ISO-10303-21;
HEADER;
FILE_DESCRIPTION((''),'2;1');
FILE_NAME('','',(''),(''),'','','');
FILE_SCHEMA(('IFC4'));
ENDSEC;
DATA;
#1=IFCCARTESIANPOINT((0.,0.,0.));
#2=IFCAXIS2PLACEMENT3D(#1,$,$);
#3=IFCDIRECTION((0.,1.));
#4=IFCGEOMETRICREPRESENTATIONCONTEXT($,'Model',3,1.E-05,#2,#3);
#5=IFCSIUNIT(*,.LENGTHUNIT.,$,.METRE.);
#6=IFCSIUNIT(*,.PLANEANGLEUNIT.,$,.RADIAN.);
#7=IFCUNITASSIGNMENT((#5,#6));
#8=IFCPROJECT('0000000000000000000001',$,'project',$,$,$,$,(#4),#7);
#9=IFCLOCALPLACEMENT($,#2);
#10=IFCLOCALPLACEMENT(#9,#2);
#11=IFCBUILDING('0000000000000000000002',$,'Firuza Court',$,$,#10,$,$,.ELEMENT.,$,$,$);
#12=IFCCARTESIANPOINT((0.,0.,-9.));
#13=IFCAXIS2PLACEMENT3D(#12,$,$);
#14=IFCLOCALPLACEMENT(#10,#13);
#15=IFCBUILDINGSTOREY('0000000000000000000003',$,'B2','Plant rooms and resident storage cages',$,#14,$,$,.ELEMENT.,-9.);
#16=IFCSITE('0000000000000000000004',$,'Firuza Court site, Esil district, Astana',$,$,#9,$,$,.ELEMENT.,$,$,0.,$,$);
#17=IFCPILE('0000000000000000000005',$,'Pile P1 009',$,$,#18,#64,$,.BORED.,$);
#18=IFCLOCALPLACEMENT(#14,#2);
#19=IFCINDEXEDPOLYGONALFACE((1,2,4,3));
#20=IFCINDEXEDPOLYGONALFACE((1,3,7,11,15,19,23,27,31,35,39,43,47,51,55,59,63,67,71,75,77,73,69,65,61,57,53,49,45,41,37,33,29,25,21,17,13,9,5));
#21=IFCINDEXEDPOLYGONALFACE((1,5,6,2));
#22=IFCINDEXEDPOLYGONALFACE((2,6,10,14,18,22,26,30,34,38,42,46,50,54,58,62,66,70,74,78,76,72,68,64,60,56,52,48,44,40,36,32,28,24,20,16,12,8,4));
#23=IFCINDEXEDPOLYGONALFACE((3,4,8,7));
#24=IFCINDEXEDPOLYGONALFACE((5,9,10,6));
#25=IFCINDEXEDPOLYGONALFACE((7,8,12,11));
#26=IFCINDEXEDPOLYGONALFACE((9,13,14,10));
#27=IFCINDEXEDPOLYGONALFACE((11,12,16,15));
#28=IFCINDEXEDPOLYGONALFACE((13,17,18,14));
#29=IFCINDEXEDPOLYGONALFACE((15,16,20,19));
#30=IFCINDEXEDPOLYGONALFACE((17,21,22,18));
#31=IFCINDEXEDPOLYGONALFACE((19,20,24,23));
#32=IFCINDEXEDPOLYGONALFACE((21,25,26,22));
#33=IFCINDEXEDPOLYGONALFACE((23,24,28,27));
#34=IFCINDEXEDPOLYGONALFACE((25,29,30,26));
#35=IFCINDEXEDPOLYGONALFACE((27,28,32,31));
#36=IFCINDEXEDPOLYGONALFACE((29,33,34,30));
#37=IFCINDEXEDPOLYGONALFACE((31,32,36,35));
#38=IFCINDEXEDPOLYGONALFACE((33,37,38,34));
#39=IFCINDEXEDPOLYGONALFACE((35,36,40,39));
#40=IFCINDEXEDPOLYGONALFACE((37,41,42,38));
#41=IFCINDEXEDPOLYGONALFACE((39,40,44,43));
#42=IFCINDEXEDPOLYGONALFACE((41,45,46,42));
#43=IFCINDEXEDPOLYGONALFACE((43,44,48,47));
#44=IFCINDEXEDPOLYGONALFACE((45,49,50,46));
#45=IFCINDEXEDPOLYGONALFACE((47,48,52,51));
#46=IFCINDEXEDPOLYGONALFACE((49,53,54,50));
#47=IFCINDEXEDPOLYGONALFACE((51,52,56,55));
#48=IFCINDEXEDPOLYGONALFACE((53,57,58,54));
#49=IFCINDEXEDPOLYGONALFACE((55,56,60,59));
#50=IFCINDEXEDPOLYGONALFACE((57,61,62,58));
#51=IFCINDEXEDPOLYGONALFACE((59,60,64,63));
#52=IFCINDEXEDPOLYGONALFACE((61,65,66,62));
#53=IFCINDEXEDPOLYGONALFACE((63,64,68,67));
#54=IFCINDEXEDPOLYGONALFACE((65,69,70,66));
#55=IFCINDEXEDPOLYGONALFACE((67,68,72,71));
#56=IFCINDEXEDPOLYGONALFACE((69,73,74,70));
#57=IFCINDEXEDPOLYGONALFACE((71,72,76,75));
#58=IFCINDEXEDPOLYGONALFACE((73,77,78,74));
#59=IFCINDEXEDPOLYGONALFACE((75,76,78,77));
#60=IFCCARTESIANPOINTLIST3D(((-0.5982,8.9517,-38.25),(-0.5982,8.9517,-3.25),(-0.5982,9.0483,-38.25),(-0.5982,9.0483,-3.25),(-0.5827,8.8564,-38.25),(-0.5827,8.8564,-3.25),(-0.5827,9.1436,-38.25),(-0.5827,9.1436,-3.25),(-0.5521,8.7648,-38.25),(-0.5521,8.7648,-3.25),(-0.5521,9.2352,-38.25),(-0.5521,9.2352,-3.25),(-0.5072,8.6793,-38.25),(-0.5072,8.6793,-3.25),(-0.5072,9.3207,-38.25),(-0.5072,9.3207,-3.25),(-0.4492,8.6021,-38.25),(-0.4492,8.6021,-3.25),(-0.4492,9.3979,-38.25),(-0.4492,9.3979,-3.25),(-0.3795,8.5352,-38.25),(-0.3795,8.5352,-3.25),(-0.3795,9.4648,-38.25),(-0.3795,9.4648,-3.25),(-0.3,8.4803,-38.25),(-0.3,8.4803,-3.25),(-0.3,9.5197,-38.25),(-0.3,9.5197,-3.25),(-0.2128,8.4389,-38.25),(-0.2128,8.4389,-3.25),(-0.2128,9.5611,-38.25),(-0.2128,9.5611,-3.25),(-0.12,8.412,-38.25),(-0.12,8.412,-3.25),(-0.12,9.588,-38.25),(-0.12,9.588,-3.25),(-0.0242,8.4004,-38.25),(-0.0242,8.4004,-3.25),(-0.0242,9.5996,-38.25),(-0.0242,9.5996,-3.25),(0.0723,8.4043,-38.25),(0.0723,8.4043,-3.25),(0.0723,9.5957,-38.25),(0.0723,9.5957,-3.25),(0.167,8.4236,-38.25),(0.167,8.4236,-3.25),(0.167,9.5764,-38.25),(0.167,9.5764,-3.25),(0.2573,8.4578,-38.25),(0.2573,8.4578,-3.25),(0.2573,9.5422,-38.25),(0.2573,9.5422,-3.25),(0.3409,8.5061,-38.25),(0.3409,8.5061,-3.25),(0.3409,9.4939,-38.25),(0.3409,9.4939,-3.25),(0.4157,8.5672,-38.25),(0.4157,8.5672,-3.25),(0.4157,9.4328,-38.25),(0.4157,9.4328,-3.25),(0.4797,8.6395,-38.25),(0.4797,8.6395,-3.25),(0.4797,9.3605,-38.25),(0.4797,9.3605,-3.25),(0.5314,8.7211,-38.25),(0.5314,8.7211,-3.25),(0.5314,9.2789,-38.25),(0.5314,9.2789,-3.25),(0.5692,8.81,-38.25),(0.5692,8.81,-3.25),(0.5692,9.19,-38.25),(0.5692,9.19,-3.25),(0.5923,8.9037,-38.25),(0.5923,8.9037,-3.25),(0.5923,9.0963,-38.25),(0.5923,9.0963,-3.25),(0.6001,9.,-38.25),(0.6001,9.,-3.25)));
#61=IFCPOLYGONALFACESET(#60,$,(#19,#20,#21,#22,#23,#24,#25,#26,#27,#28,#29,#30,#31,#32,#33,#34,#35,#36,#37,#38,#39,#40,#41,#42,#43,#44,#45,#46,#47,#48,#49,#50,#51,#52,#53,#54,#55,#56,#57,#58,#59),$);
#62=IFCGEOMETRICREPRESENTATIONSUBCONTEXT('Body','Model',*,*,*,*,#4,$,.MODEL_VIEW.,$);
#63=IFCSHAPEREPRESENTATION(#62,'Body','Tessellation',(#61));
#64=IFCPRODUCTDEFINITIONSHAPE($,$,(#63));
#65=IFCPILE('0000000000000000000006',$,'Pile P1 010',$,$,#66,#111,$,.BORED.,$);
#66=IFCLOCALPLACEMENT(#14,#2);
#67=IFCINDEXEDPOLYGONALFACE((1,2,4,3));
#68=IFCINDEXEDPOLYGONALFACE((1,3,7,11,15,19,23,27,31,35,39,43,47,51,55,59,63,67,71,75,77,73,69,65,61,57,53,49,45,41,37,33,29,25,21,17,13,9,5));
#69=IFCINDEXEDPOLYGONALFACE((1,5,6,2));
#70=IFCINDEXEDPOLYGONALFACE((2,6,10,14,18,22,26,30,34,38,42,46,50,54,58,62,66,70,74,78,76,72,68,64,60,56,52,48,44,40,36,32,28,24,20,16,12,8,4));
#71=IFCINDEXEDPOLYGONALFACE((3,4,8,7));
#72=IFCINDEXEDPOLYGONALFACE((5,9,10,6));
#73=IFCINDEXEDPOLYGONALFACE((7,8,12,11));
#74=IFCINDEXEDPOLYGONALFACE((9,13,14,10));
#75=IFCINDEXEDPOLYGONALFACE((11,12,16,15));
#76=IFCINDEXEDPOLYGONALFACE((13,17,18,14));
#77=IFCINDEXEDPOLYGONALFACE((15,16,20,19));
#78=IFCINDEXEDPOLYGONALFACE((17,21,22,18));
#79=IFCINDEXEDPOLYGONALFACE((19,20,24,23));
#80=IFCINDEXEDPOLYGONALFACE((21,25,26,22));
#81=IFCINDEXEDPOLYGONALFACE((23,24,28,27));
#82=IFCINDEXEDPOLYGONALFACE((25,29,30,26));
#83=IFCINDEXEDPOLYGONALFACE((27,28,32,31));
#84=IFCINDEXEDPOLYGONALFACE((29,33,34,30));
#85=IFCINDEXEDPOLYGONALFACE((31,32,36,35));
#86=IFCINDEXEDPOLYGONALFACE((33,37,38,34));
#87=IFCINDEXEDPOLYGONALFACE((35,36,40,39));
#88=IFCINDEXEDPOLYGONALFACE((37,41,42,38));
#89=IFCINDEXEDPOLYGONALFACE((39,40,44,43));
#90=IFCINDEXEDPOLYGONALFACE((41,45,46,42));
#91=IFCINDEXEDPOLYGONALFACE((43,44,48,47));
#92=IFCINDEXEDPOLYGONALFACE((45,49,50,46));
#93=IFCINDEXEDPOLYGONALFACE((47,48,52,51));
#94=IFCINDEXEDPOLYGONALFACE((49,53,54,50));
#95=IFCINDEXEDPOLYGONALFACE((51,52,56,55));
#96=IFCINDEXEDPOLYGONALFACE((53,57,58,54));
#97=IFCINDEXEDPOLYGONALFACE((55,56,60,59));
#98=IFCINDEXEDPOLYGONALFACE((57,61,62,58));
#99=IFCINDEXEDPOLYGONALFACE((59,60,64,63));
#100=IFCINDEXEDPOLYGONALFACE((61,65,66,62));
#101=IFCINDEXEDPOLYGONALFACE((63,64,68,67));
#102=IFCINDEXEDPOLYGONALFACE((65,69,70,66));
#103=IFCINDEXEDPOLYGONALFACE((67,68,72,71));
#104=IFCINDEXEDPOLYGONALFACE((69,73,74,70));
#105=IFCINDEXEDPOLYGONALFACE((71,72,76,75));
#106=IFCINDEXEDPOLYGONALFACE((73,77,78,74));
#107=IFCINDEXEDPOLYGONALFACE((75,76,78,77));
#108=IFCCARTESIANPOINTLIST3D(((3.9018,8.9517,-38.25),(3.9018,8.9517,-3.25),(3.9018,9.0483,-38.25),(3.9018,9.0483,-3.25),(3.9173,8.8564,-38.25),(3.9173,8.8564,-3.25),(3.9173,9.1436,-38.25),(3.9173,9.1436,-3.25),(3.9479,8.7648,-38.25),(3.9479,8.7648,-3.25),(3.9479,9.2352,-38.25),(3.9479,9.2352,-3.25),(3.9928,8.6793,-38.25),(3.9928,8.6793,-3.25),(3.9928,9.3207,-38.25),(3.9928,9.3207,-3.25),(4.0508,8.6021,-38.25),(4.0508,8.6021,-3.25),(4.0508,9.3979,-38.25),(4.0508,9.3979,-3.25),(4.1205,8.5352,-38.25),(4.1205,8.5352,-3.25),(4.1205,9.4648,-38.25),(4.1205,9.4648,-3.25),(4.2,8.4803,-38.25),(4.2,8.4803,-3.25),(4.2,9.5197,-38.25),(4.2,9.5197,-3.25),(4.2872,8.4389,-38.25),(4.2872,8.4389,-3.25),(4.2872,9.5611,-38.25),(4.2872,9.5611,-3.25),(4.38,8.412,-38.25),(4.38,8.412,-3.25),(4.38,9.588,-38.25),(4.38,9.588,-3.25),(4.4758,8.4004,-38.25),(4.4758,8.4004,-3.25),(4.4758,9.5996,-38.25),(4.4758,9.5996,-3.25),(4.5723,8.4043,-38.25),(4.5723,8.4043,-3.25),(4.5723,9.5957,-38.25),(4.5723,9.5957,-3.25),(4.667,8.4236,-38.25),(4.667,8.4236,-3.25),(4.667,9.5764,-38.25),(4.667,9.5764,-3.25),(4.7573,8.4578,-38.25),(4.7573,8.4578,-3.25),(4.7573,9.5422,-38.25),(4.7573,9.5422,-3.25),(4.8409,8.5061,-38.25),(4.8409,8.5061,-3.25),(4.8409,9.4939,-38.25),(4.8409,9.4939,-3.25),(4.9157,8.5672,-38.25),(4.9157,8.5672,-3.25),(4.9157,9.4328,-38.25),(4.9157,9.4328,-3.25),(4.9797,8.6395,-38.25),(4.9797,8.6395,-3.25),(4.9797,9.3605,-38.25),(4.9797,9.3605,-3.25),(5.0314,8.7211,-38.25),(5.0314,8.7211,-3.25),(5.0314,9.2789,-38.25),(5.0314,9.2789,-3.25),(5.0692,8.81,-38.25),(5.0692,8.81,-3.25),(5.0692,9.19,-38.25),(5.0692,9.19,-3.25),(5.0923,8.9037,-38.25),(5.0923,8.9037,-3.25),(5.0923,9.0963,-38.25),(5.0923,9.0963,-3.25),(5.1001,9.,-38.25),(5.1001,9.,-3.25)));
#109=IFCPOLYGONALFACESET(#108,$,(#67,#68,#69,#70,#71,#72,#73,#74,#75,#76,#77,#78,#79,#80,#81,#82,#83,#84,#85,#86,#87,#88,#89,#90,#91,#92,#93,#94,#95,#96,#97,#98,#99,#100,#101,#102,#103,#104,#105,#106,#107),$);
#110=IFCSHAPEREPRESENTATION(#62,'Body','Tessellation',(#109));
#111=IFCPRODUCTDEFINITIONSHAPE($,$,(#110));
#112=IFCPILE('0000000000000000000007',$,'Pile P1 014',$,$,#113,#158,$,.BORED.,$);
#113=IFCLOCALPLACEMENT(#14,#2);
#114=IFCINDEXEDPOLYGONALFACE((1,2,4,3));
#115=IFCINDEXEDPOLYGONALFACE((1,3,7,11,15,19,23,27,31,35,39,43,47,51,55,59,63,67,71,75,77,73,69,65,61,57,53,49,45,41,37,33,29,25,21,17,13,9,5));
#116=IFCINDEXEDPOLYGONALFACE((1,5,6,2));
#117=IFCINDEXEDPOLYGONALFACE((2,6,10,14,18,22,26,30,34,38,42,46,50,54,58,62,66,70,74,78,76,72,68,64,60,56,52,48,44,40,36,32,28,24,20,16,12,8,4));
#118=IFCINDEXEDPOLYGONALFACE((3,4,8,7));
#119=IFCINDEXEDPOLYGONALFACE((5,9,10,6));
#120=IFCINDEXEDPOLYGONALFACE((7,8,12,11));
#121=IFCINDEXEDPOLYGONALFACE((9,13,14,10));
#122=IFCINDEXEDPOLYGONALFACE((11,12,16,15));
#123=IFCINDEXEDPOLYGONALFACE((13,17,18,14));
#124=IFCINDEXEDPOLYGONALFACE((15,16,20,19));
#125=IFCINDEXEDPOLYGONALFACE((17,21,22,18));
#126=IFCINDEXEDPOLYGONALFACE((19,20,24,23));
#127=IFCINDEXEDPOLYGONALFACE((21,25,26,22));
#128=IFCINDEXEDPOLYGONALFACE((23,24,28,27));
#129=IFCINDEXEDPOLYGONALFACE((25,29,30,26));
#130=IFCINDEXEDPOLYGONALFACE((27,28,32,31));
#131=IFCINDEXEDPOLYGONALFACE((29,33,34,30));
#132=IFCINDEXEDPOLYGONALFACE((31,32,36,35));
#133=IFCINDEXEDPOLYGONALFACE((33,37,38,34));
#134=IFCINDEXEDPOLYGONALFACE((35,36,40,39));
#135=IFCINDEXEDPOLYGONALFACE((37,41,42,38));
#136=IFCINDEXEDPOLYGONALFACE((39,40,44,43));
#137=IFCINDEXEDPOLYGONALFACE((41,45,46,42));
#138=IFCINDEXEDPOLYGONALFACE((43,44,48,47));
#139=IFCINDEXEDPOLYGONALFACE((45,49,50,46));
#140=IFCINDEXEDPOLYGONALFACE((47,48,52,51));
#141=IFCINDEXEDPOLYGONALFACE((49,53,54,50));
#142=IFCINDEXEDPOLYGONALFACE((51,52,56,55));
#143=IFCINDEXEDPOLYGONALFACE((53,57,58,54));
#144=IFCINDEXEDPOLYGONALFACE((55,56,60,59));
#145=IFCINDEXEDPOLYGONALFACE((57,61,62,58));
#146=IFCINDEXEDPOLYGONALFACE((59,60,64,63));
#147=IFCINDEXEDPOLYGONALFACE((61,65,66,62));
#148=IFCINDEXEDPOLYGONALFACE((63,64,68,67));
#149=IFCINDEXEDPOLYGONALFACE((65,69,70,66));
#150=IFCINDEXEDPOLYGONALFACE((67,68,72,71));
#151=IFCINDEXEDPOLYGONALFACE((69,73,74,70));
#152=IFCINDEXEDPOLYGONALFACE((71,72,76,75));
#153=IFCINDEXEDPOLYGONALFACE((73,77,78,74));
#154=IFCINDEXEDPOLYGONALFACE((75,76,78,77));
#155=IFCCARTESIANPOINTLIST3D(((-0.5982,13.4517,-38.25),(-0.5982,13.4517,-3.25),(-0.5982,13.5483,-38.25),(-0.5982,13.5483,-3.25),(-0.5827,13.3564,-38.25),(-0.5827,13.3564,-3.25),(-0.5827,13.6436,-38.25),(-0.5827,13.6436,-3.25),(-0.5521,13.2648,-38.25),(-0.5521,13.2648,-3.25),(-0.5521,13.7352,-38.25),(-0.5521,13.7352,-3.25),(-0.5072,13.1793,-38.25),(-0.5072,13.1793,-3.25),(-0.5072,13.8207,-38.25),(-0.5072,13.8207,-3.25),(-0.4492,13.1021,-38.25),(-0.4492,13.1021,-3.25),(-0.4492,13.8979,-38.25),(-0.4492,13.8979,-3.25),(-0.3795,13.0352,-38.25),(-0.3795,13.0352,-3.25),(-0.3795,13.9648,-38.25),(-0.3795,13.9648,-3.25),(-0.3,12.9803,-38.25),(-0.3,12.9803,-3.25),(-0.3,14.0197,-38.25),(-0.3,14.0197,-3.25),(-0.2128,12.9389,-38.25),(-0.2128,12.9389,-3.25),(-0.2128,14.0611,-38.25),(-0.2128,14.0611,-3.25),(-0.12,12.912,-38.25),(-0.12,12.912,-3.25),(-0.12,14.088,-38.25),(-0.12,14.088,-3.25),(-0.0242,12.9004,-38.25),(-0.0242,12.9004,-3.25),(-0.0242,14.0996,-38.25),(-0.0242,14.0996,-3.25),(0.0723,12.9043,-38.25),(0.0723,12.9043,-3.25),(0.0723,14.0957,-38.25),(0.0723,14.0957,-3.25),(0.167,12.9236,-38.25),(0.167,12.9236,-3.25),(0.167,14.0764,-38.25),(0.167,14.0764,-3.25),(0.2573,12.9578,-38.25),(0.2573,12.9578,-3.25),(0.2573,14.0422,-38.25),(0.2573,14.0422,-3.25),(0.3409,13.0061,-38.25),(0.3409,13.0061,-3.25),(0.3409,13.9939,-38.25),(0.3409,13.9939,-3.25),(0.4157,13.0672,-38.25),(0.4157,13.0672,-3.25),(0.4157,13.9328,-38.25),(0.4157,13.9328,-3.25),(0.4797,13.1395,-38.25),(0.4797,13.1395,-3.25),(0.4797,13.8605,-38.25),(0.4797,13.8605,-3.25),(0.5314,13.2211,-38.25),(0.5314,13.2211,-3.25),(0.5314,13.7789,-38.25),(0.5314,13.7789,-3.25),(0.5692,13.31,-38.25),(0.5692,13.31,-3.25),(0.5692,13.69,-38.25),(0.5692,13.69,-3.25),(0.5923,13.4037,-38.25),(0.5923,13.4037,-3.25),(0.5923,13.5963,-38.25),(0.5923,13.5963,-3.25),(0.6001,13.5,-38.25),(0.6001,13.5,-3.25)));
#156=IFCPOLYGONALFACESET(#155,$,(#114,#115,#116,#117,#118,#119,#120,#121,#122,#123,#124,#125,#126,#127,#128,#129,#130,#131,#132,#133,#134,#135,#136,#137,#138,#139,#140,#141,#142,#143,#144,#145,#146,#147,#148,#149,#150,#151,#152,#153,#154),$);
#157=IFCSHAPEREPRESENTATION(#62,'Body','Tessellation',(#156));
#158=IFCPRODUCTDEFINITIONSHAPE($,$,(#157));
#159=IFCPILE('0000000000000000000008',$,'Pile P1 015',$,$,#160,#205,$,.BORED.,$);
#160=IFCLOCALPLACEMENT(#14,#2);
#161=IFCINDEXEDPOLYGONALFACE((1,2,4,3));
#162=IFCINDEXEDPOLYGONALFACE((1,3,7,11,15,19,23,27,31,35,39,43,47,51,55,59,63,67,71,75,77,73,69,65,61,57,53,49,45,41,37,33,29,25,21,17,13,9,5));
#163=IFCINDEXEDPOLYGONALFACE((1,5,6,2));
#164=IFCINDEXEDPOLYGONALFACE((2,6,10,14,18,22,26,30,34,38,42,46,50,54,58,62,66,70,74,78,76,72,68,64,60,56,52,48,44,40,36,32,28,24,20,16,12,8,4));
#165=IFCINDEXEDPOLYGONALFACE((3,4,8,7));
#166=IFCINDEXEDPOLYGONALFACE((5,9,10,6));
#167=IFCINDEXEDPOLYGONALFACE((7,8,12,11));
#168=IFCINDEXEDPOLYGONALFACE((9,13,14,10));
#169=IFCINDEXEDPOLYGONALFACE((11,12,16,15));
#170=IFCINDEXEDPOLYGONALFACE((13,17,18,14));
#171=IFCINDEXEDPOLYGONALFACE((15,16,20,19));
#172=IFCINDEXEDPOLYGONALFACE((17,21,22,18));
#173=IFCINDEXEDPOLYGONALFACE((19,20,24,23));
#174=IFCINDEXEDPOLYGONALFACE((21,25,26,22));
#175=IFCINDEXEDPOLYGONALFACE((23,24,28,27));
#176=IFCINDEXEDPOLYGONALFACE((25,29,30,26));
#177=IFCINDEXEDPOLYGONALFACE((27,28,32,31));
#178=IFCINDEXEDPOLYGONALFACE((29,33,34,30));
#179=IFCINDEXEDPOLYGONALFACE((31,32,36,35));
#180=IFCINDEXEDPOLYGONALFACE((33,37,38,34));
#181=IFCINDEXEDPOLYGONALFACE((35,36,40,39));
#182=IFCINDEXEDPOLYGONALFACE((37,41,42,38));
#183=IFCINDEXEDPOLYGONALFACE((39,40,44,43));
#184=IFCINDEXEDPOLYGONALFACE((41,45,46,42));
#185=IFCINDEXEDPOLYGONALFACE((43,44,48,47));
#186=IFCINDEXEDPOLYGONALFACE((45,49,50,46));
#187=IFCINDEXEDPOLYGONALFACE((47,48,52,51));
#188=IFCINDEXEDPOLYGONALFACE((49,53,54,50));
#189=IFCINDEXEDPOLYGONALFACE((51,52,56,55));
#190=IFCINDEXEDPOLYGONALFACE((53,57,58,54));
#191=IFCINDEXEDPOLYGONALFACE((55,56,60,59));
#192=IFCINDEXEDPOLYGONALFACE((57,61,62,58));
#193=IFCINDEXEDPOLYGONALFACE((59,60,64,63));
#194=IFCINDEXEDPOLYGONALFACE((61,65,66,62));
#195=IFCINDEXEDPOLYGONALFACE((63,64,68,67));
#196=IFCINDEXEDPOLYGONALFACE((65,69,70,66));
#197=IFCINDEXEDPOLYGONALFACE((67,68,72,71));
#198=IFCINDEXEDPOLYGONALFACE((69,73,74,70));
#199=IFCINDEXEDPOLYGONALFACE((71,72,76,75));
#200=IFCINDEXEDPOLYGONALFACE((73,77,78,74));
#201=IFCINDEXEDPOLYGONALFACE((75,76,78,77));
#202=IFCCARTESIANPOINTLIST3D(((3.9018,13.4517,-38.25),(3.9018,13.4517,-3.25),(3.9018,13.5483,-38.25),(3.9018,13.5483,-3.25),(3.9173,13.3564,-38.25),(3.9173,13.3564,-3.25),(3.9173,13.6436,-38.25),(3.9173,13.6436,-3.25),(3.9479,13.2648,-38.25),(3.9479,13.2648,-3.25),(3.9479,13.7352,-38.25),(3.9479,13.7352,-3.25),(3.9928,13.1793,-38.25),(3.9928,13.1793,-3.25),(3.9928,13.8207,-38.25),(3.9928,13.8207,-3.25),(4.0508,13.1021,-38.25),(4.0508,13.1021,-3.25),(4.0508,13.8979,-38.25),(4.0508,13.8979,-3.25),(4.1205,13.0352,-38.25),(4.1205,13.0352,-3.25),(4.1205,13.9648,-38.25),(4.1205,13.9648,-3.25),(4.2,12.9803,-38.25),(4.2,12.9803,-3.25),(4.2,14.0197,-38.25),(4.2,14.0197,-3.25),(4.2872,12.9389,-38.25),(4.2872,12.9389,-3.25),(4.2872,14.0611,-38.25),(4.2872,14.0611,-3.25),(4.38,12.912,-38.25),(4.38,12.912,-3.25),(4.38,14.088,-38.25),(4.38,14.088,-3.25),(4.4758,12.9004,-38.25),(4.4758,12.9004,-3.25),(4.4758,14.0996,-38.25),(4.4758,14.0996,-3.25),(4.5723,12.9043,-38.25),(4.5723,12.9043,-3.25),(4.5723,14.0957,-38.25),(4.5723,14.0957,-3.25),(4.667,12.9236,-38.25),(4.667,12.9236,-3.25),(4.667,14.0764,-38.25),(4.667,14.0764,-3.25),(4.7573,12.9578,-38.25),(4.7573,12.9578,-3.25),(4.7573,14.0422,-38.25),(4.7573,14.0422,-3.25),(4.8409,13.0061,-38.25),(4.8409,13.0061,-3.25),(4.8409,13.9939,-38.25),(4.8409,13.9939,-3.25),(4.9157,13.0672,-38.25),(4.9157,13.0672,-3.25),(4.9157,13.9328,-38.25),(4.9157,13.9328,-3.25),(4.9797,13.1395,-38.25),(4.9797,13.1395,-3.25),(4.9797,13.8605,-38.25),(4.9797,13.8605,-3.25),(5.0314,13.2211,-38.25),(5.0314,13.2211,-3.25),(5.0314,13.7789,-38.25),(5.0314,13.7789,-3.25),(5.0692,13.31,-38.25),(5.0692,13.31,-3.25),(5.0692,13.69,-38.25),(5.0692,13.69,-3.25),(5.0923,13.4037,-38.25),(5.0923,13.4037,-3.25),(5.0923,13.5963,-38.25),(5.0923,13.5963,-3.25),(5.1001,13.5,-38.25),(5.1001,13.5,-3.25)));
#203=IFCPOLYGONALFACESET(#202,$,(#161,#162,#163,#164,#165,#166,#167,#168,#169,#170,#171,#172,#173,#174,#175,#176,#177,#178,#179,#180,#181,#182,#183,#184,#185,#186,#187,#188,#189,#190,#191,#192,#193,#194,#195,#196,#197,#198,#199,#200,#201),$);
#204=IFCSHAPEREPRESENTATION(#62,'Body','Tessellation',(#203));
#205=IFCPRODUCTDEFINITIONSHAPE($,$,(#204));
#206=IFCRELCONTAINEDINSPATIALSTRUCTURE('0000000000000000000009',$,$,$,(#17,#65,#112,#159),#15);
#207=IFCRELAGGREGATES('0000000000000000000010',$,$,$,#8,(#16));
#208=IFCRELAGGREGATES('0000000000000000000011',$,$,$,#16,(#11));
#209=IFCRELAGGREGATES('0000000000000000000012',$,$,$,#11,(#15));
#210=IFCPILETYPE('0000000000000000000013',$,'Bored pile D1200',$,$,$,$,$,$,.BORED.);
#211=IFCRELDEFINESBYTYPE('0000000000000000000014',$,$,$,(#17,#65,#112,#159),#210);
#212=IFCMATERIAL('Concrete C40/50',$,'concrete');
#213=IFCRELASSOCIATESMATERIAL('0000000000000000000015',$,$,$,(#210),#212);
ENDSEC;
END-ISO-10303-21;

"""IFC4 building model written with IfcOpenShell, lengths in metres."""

from ifc_helpers import new_model, si_unit, direction, frame, origin, origin_2d, place, context, subcontext, project, spatial, circle, extrude, material, material_profile, profile_set, type_object, element, save


model = new_model("IFC4")

# Units and contexts
model_context = context("Model", 3, precision=1e-05, world=origin(), true_north=direction((0.0, 1.0)))
body_context = subcontext(model_context, "Body", "Model", "MODEL_VIEW")
ifc_project = project(units=[si_unit("LENGTHUNIT", "METRE"), si_unit("PLANEANGLEUNIT", "RADIAN")], contexts=[model_context])

# Site, building, storey
site_placement = place(None, origin())
site = spatial("IfcSite", under=ifc_project, at=site_placement, Name="Firuza Court site, Esil district, Astana", CompositionType="ELEMENT", RefElevation=0.0)
building_placement = place(site_placement, origin())
building = spatial("IfcBuilding", under=site, at=building_placement, Name="Firuza Court", CompositionType="ELEMENT")
storey_placement = place(building_placement, frame((0.0, 0.0, -9.0)))
storey = spatial("IfcBuildingStorey", under=building, at=storey_placement, Name="B2", Description="Plant rooms and resident storage cages", CompositionType="ELEMENT", Elevation=-9.0)

# Piles
ifc_material_1 = material(Name="Concrete C40/50", Category="concrete")
ifc_material_profile_1 = material_profile(ifc_material_1, circle(Radius=0.6001, at=origin_2d()), Name="Pile D1200")
ifc_profile_set_1 = profile_set([ifc_material_profile_1], Name="Concrete C40/50")
pile_type = type_object("IfcPileType", Name="Bored pile D1200", PredefinedType="BORED", material=ifc_profile_set_1)
for number, where, z_axis, x_axis, name in (
    (1, (0.0, 9.0, -3.25), (0.0, 0.0, -1.0), (1.0, 0.0, 0.0), "Pile P1 009"),
    (2, (4.5, 9.0, -3.25), (0.0, 0.0, -1.0), (1.0, 0.0, 0.0), "Pile P1 010"),
    (3, (0.0, 13.5, -3.25), (0.0, 0.0, -1.0), (1.0, 0.0, 0.0), "Pile P1 014"),
    (4, (4.5, 13.5, -3.25), (0.0, 0.0, -1.0), (1.0, 0.0, 0.0), "Pile P1 015"),
):
    element("IfcPile", number, at=place(storey_placement, frame(where, z_axis=z_axis, x_axis=x_axis)), inside=storey, type_object=pile_type, Name=name, PredefinedType="BORED", context=body_context, shape_type="SweptSolid", body=[
        extrude(circle(Radius=0.6001, at=origin_2d()), origin(), (0.0, 0.0, 1.0), 35.0),
    ])

save(model, "model.ifc")
